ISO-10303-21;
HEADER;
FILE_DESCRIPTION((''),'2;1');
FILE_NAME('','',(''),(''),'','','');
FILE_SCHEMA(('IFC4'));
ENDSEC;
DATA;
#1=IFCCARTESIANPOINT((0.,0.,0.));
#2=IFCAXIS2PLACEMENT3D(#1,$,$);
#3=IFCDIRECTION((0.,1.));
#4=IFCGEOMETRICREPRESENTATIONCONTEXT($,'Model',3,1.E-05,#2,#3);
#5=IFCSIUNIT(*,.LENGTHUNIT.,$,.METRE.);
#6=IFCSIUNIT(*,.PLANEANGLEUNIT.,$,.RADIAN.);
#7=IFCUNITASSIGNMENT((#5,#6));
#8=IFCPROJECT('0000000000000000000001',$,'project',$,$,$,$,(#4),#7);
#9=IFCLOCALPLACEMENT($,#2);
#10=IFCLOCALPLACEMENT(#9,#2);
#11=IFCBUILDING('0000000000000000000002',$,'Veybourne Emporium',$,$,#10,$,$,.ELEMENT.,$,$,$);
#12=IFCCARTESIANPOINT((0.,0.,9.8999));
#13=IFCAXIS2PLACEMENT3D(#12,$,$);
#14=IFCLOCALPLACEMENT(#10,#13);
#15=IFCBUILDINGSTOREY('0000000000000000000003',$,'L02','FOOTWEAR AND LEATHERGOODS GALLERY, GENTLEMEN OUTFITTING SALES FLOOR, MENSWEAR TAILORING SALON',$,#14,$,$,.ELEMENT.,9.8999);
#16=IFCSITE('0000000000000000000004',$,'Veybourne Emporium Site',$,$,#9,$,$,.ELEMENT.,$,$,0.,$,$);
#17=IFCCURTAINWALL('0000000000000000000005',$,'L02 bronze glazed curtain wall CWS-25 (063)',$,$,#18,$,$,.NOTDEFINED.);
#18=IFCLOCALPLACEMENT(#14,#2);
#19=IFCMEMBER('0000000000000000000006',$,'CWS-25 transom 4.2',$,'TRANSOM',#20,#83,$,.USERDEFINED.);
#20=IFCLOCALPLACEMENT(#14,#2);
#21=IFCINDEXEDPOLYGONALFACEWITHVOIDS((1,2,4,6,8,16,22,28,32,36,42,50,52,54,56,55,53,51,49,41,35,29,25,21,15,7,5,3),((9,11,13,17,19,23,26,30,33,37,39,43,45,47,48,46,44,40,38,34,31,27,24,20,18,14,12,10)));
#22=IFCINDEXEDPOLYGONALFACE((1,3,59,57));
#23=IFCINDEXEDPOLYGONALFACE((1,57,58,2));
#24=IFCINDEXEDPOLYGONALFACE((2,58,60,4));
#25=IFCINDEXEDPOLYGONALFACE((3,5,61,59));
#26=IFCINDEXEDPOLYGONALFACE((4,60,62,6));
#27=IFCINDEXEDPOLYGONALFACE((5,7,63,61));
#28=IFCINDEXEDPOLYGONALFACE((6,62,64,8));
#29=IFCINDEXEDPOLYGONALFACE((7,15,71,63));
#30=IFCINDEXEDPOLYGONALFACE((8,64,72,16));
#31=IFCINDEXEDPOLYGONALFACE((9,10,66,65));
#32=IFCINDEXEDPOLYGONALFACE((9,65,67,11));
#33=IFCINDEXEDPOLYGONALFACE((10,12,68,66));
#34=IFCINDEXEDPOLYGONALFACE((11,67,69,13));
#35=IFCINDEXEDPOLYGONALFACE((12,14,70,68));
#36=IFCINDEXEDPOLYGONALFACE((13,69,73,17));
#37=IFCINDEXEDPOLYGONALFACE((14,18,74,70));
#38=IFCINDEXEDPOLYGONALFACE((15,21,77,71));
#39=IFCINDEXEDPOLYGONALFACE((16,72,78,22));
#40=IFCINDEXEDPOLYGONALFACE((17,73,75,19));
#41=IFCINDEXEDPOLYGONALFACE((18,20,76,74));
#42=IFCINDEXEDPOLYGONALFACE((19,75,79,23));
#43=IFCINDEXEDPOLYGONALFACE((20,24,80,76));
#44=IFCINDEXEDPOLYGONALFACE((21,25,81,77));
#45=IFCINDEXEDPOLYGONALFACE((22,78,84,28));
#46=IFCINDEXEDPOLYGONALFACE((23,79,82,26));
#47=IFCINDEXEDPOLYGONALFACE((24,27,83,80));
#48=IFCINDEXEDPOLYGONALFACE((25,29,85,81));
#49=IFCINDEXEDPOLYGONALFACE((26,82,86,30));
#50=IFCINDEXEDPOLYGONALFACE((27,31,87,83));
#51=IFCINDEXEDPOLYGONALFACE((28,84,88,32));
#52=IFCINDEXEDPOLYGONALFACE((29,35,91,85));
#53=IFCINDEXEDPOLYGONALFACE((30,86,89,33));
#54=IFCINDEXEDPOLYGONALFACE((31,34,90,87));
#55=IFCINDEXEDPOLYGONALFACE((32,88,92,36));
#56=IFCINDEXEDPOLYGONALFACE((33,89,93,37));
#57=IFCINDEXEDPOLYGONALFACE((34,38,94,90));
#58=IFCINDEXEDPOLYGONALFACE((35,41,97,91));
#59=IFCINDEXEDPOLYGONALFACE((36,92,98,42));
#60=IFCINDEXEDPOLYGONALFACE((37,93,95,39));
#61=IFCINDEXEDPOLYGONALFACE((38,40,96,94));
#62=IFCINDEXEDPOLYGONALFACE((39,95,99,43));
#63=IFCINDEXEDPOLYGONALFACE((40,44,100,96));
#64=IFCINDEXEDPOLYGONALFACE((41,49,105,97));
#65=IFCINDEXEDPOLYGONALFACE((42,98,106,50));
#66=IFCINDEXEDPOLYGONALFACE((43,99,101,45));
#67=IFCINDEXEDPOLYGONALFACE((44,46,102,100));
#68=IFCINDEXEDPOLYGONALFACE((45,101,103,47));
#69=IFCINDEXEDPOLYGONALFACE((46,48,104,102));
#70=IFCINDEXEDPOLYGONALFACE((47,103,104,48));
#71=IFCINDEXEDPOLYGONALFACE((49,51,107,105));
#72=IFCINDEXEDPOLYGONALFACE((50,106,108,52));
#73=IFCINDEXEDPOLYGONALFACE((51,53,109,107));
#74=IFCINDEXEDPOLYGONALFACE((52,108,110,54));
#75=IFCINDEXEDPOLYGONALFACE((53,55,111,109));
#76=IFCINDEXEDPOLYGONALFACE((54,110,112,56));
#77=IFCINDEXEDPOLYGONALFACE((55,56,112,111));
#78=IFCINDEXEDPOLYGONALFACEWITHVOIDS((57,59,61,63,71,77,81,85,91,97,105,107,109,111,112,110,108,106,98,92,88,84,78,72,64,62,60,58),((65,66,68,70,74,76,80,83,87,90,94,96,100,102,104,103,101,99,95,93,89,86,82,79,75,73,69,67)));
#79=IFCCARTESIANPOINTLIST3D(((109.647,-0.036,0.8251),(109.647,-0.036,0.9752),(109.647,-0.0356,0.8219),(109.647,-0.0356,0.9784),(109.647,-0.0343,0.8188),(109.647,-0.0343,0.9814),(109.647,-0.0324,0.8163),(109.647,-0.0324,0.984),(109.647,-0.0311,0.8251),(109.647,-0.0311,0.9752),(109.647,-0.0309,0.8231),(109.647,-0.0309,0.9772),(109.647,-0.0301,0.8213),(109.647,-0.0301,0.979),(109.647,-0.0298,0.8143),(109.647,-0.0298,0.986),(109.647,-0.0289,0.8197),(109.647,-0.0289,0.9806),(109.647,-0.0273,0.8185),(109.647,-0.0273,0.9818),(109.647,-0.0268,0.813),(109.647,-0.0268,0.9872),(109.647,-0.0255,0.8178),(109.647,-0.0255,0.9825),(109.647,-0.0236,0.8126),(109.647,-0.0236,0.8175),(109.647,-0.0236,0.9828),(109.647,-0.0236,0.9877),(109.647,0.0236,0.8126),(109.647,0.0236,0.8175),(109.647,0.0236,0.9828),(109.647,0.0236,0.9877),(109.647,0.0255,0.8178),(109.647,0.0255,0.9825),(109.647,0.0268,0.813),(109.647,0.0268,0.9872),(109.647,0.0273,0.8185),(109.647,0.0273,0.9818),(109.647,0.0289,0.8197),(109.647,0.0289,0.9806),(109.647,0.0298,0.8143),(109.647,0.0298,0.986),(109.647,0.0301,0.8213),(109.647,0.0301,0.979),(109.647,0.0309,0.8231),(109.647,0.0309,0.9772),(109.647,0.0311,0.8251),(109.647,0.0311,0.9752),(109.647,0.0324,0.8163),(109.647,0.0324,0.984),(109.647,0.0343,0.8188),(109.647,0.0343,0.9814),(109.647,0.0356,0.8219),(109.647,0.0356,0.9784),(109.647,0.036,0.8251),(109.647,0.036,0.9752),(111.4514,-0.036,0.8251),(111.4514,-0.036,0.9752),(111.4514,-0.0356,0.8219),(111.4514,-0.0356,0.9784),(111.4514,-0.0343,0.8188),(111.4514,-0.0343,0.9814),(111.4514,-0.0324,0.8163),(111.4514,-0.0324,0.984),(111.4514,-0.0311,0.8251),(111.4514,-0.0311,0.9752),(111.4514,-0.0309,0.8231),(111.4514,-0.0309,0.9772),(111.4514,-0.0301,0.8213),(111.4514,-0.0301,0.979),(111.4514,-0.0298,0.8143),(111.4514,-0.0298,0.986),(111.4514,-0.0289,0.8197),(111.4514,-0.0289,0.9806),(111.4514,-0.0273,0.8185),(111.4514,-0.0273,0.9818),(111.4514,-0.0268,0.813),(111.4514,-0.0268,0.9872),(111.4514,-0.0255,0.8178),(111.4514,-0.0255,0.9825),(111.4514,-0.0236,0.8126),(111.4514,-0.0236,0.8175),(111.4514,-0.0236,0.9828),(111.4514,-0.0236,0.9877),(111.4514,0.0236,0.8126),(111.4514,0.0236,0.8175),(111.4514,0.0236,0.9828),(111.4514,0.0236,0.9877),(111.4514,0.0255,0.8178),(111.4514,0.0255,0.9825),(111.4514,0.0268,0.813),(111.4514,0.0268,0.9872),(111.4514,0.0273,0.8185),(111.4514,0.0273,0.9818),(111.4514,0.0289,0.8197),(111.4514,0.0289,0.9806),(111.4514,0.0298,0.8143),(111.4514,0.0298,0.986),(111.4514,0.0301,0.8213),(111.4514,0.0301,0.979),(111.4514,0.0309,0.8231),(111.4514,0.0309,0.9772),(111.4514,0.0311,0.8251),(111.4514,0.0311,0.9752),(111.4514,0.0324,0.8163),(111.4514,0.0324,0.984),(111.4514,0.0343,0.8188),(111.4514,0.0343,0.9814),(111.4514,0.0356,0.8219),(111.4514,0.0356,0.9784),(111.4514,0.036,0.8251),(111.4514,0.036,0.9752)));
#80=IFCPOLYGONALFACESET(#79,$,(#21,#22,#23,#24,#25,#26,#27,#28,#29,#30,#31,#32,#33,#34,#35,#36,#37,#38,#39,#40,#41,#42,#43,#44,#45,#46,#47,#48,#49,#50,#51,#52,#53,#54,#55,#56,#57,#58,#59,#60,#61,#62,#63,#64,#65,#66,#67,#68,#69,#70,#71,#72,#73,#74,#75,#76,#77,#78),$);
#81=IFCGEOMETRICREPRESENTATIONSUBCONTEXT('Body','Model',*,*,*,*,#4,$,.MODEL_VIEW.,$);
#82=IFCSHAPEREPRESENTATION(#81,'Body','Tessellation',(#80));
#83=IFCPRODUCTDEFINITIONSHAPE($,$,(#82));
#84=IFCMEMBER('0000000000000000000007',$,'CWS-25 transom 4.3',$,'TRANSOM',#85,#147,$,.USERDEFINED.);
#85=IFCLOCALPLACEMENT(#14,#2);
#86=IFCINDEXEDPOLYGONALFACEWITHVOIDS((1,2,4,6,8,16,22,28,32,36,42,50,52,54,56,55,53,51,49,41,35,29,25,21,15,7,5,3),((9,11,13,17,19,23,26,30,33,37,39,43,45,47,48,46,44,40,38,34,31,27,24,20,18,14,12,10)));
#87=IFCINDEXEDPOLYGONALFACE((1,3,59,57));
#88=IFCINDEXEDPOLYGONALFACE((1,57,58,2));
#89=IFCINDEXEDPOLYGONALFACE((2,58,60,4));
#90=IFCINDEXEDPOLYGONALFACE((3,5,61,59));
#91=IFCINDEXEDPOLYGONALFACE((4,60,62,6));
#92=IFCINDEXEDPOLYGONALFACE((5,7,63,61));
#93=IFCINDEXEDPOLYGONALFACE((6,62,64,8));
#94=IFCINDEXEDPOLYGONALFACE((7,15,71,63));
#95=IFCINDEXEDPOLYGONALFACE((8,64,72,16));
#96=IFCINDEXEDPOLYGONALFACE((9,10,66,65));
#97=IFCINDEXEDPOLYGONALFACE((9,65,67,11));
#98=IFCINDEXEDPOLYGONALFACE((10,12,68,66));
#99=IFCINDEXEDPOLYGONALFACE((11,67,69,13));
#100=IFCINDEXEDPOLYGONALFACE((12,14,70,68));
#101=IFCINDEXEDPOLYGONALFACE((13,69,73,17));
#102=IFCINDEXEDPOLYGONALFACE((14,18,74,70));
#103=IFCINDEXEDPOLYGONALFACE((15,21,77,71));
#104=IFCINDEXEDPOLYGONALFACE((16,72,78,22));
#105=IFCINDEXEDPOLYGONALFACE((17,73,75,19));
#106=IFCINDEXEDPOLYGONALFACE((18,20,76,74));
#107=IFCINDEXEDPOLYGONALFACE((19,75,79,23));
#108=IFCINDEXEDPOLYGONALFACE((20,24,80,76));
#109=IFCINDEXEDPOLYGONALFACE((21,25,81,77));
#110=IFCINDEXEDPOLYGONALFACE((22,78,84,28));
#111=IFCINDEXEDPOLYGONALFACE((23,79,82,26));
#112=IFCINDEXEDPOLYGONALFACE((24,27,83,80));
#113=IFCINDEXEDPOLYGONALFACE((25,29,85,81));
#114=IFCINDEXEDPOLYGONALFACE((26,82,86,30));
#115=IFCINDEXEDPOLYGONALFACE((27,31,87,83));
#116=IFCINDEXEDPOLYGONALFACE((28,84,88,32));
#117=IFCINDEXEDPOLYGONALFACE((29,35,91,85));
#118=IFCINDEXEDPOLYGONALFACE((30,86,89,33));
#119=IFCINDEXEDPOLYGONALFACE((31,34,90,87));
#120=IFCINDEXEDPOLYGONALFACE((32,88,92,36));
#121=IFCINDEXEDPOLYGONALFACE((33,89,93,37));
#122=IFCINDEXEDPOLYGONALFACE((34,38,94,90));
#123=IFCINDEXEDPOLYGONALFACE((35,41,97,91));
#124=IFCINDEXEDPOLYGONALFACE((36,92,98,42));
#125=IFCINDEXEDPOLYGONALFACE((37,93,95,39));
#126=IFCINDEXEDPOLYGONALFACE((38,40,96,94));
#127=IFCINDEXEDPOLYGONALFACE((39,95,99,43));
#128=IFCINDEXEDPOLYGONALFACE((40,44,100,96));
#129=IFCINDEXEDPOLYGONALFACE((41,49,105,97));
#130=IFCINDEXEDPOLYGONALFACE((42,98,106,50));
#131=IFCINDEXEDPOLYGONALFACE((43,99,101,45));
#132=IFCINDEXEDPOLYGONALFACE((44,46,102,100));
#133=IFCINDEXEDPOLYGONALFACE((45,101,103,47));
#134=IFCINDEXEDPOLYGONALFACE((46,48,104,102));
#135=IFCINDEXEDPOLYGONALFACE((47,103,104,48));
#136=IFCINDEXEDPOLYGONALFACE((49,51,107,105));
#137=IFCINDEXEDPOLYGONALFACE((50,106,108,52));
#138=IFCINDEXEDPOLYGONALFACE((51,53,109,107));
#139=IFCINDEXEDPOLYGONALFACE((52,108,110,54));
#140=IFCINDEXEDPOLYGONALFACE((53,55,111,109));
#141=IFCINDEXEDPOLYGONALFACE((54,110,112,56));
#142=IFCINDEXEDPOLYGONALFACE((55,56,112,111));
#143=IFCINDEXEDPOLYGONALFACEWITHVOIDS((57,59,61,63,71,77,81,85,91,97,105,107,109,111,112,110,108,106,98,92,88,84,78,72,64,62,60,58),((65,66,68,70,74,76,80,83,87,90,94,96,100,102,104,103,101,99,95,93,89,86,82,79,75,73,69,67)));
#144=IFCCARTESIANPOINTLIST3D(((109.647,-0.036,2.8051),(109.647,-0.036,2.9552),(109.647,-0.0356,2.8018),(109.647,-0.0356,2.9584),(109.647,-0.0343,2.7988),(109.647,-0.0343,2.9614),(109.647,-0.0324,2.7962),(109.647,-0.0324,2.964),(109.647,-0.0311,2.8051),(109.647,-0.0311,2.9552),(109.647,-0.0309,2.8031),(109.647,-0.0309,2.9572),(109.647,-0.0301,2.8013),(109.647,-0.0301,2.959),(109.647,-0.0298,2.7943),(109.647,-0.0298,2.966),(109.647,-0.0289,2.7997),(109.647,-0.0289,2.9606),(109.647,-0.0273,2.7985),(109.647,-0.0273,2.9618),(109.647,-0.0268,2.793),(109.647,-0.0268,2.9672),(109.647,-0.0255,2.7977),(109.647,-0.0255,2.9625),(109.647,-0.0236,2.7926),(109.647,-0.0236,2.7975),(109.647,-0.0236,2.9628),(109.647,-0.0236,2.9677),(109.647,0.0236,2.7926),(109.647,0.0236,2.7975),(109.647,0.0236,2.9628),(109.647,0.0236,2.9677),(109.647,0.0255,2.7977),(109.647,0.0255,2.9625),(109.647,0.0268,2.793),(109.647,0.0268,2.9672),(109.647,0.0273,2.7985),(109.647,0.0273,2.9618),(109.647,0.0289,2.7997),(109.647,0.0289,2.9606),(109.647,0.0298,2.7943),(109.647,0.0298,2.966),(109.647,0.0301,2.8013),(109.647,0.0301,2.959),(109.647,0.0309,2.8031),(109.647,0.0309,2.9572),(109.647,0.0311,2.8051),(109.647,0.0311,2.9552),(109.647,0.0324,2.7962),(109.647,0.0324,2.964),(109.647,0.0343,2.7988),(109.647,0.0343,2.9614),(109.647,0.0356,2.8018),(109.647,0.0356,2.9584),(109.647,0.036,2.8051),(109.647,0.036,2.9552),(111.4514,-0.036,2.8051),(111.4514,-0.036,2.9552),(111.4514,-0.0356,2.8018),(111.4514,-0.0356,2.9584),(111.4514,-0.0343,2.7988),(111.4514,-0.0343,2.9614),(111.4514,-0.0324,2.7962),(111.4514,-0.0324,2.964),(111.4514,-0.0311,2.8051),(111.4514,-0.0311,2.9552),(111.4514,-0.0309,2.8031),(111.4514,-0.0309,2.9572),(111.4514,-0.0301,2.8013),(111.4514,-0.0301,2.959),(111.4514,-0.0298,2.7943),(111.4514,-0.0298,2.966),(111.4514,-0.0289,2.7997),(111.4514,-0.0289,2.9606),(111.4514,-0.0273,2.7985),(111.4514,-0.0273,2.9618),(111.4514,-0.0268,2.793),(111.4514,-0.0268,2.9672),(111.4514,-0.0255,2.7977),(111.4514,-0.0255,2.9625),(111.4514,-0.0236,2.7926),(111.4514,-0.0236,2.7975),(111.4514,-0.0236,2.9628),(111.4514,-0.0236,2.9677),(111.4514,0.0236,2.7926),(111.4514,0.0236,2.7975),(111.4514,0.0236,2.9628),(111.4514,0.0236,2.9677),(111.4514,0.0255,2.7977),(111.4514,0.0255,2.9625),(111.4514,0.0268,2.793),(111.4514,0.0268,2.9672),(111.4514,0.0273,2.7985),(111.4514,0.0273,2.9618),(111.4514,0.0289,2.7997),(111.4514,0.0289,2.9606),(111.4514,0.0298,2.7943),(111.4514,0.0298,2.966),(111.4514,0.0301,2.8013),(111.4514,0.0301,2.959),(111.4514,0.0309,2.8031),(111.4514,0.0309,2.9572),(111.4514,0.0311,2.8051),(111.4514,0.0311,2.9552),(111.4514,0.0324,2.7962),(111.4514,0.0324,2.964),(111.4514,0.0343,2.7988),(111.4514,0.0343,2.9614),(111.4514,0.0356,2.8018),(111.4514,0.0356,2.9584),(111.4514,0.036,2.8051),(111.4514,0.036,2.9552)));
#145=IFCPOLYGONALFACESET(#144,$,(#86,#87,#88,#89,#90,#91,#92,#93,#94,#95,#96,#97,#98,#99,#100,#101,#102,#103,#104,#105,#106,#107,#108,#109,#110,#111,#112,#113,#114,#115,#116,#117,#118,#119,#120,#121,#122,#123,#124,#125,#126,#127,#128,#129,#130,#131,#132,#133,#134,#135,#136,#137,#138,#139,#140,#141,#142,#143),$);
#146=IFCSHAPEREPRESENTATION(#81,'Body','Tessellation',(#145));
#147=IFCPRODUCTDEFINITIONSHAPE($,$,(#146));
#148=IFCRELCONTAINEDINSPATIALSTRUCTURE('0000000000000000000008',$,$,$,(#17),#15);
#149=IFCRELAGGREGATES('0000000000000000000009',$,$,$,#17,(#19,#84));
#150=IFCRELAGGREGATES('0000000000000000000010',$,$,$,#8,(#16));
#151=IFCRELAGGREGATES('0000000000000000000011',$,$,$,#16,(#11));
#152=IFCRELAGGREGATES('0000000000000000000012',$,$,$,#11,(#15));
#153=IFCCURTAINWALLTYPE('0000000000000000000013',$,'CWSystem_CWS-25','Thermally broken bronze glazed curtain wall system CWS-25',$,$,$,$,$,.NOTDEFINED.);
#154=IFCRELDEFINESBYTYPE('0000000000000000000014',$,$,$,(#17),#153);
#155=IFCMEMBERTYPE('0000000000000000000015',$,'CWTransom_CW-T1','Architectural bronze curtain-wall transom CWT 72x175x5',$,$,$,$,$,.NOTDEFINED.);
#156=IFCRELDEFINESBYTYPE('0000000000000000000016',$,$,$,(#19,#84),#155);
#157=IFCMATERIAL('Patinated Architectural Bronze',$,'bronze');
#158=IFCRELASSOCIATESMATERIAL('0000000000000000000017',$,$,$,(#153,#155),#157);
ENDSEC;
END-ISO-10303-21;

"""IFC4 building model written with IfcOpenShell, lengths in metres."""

from ifc_helpers import new_model, si_unit, direction, frame, origin, origin_2d, place, context, subcontext, project, spatial, hollow_rectangle, extrude, material, material_profile, profile_set, type_object, element, aggregate, save


model = new_model("IFC4")

# Units and contexts
model_context = context("Model", 3, precision=1e-05, world=origin(), true_north=direction((0.0, 1.0)))
body_context = subcontext(model_context, "Body", "Model", "MODEL_VIEW")
ifc_project = project(units=[si_unit("LENGTHUNIT", "METRE"), si_unit("PLANEANGLEUNIT", "RADIAN")], contexts=[model_context])

# Site, building, storey
site_placement = place(None, origin())
site = spatial("IfcSite", under=ifc_project, at=site_placement, Name="Veybourne Emporium Site", CompositionType="ELEMENT", RefElevation=0.0)
building_placement = place(site_placement, origin())
building = spatial("IfcBuilding", under=site, at=building_placement, Name="Veybourne Emporium", CompositionType="ELEMENT")
storey_placement = place(building_placement, frame((0.0, 0.0, 9.8999)))
storey = spatial("IfcBuildingStorey", under=building, at=storey_placement, Name="L02", Description="FOOTWEAR AND LEATHERGOODS GALLERY, GENTLEMEN OUTFITTING SALES FLOOR, MENSWEAR TAILORING SALON", CompositionType="ELEMENT", Elevation=9.8999)

# Curtain wall, members
ifc_material_1 = material(Name="Patinated Architectural Bronze", Category="bronze")
curtain_wall_type = type_object("IfcCurtainWallType", Name="CWSystem_CWS-25", Description="Thermally broken bronze glazed curtain wall system CWS-25", PredefinedType="NOTDEFINED", material=ifc_material_1)
curtain_wall_placement = place(storey_placement, origin())
curtain_wall = element("IfcCurtainWall", 1, at=curtain_wall_placement, inside=storey, type_object=curtain_wall_type, Name="L02 bronze glazed curtain wall CWS-25 (063)", PredefinedType="NOTDEFINED")
ifc_material_profile_1 = material_profile(ifc_material_1, hollow_rectangle(XDim=0.072, YDim=0.175, WallThickness=0.0049, InnerFilletRadius=0.0076, OuterFilletRadius=0.0125, at=origin_2d()), Name="CWT 72x175x5")
ifc_profile_set_1 = profile_set([ifc_material_profile_1], Name="Patinated Architectural Bronze")
member_type_1 = type_object("IfcMemberType", Name="CWTransom_CW-T1", Description="Architectural bronze curtain-wall transom CWT 72x175x5", PredefinedType="NOTDEFINED", material=ifc_profile_set_1)
member_1_placement = place(storey_placement, frame((111.4514, 0.0, 0.9001), z_axis=(-1.0, 0.0, 0.0), x_axis=(0.0, -1.0, 0.0)))
member_1 = element("IfcMember", 2, at=member_1_placement, type_object=member_type_1, Name="CWS-25 transom 4.2", ObjectType="TRANSOM", PredefinedType="USERDEFINED", context=body_context, shape_type="SweptSolid", body=[
    extrude(hollow_rectangle(XDim=0.072, YDim=0.175, WallThickness=0.0049, InnerFilletRadius=0.0076, OuterFilletRadius=0.0125, at=origin_2d()), origin(), (0.0, 0.0, 1.0), 1.8044),
])
member_2_placement = place(storey_placement, frame((111.4514, 0.0, 2.8801), z_axis=(-1.0, 0.0, 0.0), x_axis=(0.0, -1.0, 0.0)))
member_2 = element("IfcMember", 3, at=member_2_placement, type_object=member_type_1, Name="CWS-25 transom 4.3", ObjectType="TRANSOM", PredefinedType="USERDEFINED", context=body_context, shape_type="SweptSolid", body=[
    extrude(hollow_rectangle(XDim=0.072, YDim=0.175, WallThickness=0.0049, InnerFilletRadius=0.0076, OuterFilletRadius=0.0125, at=origin_2d()), origin(), (0.0, 0.0, 1.0), 1.8044),
])

aggregate(curtain_wall, [member_1, member_2])

save(model, "model.ifc")
